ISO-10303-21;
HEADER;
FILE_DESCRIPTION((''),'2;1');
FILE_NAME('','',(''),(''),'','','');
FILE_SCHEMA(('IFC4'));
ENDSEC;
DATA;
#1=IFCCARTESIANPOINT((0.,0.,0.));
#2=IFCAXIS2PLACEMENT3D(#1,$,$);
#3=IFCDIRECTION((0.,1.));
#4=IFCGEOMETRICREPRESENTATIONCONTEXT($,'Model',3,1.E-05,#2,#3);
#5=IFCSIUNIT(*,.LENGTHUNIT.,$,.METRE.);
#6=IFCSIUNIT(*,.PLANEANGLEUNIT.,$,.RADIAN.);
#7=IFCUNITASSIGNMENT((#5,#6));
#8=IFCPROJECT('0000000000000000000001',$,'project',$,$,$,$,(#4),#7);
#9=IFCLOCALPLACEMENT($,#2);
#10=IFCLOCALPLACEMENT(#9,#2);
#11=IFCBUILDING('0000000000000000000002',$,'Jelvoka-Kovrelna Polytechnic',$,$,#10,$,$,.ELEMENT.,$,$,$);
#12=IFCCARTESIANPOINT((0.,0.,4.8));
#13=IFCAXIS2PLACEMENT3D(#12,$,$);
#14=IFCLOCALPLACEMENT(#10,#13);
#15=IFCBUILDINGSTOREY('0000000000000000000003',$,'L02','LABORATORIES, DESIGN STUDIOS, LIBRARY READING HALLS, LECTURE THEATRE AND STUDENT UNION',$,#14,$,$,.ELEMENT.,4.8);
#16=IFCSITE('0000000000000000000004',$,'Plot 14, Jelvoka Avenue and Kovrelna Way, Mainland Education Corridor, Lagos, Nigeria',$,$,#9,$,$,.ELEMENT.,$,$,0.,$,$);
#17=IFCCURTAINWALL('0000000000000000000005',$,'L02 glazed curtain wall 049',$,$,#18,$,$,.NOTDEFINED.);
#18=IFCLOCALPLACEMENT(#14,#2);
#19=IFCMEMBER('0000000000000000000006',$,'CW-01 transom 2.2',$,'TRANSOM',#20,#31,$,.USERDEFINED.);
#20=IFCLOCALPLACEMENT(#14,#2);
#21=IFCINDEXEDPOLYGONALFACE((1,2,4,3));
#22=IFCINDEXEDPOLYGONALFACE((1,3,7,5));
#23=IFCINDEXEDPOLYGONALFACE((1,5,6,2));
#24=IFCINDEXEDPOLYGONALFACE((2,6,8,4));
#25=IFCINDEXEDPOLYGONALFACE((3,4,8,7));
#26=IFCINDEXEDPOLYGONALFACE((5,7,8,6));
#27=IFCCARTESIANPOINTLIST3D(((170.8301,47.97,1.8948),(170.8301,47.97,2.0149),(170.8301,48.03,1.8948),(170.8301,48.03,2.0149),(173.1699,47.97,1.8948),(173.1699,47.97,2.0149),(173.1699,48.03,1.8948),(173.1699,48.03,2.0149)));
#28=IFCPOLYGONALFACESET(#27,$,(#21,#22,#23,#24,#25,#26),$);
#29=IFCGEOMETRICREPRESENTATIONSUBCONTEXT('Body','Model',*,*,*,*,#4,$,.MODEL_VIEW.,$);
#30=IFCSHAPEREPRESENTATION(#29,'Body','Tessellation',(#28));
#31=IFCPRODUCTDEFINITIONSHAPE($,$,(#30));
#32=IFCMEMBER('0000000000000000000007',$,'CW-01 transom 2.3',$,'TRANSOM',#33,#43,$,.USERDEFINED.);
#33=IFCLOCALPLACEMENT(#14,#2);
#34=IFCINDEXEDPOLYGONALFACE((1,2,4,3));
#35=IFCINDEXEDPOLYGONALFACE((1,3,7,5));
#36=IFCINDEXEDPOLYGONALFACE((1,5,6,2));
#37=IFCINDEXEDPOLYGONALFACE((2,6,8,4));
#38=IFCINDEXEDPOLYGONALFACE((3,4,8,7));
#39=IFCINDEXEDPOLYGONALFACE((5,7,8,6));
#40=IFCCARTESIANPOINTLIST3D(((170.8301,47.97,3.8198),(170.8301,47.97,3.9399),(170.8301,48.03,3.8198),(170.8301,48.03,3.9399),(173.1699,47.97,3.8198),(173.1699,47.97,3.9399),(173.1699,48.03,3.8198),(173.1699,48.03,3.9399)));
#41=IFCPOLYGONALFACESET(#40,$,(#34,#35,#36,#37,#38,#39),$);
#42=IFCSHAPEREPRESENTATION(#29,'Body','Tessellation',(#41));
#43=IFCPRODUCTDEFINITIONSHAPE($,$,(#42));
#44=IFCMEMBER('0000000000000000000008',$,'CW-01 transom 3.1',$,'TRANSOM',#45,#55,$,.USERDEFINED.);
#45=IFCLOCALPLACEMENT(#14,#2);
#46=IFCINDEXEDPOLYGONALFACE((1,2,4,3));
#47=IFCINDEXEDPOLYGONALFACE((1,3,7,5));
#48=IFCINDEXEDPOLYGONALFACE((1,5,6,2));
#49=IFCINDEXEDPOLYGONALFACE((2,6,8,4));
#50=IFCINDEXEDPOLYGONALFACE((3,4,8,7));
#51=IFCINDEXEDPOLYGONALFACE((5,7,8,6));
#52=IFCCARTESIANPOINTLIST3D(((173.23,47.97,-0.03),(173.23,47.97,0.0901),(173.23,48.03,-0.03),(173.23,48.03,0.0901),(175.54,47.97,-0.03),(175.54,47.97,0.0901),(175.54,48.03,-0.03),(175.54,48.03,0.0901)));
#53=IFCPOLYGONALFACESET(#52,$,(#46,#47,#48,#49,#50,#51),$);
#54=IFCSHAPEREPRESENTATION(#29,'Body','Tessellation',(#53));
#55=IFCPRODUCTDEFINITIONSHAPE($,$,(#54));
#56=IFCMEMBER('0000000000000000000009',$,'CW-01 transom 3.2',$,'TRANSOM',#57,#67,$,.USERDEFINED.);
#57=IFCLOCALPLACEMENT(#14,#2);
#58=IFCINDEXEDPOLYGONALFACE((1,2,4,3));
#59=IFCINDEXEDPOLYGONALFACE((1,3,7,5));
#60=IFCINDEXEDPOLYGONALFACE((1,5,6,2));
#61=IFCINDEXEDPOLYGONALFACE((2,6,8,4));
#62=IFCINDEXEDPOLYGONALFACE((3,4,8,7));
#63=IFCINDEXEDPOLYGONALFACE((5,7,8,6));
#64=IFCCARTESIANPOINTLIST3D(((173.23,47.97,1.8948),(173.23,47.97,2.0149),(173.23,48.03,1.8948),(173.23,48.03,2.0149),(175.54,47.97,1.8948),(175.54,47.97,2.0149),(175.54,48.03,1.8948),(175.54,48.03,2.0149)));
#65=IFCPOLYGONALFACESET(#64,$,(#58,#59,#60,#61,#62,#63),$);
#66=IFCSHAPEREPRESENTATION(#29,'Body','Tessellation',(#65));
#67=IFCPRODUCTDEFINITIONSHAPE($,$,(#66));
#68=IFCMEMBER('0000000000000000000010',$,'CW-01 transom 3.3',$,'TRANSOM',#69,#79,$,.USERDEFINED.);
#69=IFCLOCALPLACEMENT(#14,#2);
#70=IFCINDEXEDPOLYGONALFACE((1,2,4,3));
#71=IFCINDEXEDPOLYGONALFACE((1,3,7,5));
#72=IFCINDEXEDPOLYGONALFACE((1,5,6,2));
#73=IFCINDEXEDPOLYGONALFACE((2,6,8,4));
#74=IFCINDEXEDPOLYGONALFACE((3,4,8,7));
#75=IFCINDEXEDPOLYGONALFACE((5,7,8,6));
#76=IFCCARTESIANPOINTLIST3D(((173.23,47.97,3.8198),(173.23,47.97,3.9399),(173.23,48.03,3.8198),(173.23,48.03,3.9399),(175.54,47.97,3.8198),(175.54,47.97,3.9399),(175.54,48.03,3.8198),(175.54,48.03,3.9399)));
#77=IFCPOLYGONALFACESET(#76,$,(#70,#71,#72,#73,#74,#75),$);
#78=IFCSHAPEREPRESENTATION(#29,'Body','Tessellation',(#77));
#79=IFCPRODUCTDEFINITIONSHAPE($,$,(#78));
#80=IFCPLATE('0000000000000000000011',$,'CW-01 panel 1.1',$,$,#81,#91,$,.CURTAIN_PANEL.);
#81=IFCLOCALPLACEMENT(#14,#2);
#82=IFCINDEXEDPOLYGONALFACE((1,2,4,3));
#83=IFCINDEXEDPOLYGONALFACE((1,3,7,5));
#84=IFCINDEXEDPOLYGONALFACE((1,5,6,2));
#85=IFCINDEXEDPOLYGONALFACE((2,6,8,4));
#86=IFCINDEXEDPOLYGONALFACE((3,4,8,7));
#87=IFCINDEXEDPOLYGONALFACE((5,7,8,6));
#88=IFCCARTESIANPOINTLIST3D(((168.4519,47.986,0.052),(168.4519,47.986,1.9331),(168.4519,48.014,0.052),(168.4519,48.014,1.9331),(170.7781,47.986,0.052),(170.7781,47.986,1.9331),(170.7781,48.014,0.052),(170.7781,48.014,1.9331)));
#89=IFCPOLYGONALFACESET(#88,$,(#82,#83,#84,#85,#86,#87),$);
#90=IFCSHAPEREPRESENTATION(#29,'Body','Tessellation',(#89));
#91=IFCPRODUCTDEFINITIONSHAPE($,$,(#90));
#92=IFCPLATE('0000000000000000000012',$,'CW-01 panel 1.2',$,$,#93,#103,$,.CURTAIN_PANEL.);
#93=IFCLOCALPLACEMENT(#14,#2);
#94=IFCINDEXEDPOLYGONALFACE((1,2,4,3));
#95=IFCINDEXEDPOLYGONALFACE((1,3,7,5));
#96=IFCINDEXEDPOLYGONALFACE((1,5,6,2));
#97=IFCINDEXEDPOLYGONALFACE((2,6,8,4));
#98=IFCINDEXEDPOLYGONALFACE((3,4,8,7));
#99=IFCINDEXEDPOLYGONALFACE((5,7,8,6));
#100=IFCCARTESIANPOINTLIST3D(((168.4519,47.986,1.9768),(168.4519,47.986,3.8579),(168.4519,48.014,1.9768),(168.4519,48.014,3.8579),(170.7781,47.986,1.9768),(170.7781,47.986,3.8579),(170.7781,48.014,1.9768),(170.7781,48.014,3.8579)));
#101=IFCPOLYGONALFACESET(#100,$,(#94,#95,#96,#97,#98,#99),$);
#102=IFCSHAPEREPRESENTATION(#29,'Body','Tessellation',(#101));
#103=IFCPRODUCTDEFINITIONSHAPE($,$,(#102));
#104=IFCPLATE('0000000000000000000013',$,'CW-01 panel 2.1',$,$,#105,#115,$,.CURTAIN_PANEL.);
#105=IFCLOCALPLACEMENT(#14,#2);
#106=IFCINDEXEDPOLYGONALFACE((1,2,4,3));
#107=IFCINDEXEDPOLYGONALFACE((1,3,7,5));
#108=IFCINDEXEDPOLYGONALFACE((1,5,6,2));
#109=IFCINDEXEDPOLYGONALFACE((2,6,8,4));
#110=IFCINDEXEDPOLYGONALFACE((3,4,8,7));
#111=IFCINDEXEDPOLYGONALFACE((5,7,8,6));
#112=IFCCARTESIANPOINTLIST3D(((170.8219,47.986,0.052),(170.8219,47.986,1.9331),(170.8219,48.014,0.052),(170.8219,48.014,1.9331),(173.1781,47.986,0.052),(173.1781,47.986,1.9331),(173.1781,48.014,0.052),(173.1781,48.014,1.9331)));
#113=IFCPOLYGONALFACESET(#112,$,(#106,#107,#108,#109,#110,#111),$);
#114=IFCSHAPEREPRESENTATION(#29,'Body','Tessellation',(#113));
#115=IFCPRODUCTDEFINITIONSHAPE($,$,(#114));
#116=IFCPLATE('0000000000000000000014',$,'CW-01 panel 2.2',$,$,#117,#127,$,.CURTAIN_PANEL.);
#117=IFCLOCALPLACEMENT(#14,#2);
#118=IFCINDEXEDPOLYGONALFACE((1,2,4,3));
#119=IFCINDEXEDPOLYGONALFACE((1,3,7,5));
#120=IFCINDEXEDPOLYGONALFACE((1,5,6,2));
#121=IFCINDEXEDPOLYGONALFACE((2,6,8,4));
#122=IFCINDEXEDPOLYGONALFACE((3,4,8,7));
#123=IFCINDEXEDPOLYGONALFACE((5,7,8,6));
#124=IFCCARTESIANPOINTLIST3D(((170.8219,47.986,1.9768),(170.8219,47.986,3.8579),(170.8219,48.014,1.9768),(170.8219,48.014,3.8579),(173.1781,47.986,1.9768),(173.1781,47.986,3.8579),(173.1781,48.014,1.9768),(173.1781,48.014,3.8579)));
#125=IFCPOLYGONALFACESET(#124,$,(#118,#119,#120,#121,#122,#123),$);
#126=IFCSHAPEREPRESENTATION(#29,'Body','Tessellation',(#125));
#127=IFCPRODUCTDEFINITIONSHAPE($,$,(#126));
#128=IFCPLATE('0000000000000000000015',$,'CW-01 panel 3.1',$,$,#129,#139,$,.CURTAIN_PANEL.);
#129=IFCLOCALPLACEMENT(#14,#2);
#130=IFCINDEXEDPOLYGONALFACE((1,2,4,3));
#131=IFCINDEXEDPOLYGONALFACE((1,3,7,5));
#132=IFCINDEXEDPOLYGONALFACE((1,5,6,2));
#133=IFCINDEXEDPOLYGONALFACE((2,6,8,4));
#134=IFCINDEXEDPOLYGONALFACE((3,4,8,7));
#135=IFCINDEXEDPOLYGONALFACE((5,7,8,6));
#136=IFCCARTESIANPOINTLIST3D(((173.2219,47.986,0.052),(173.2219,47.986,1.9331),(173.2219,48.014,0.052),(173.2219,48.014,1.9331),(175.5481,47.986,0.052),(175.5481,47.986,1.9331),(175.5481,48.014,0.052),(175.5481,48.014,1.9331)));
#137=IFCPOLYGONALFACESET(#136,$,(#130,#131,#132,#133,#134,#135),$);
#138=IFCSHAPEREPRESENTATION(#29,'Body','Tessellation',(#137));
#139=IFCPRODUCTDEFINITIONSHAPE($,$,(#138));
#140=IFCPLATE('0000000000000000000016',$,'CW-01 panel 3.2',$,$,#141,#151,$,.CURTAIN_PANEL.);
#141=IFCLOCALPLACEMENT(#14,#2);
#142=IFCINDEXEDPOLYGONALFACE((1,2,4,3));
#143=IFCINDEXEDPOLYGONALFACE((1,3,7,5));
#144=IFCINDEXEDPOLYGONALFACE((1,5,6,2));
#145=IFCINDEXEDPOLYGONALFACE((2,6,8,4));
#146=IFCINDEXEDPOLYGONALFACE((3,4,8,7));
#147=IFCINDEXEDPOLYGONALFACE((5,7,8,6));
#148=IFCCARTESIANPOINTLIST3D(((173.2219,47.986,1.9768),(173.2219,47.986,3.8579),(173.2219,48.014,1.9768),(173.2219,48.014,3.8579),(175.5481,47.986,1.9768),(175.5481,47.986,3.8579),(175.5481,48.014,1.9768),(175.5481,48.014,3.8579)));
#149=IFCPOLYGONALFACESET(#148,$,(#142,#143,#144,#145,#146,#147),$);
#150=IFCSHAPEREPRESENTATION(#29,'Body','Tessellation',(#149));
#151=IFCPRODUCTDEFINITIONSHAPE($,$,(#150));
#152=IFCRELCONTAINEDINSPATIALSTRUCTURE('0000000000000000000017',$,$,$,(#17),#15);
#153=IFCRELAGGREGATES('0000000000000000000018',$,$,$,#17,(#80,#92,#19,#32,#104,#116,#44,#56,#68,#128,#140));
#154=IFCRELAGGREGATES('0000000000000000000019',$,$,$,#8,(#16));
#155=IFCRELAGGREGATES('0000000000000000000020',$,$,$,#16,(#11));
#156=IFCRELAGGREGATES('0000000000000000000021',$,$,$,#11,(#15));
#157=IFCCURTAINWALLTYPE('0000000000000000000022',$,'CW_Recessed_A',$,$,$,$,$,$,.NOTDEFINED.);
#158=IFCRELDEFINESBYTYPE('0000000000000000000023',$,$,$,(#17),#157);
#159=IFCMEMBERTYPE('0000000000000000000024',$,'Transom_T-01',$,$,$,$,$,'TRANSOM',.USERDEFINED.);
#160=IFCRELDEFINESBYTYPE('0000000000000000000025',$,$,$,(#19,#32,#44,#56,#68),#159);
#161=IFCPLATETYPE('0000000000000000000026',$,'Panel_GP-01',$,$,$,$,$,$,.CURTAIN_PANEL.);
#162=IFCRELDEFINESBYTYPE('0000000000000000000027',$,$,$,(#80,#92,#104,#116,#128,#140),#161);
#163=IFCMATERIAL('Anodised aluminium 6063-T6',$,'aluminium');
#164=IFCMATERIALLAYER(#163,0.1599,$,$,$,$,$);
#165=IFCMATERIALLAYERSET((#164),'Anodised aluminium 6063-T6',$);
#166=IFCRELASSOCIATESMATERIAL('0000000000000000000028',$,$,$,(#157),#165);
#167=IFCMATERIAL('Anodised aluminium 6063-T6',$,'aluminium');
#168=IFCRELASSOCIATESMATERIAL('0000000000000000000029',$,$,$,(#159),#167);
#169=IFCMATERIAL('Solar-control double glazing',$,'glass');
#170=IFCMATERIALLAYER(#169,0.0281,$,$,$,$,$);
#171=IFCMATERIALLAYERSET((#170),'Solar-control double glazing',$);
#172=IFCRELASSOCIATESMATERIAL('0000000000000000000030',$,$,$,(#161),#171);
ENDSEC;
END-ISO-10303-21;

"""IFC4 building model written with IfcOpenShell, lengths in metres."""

from ifc_helpers import new_model, si_unit, direction, frame, origin, origin_2d, place, context, subcontext, project, spatial, rectangle, extrude, material, layer, layer_set, material_profile, profile_set, type_object, element, aggregate, save


model = new_model("IFC4")

# Units and contexts
model_context = context("Model", 3, precision=1e-05, world=origin(), true_north=direction((0.0, 1.0)))
body_context = subcontext(model_context, "Body", "Model", "MODEL_VIEW")
ifc_project = project(units=[si_unit("LENGTHUNIT", "METRE"), si_unit("PLANEANGLEUNIT", "RADIAN")], contexts=[model_context])

# Site, building, storey
site_placement = place(None, origin())
site = spatial("IfcSite", under=ifc_project, at=site_placement, Name="Plot 14, Jelvoka Avenue and Kovrelna Way, Mainland Education Corridor, Lagos, Nigeria", CompositionType="ELEMENT", RefElevation=0.0)
building_placement = place(site_placement, origin())
building = spatial("IfcBuilding", under=site, at=building_placement, Name="Jelvoka-Kovrelna Polytechnic", CompositionType="ELEMENT")
storey_placement = place(building_placement, frame((0.0, 0.0, 4.8)))
storey = spatial("IfcBuildingStorey", under=building, at=storey_placement, Name="L02", Description="LABORATORIES, DESIGN STUDIOS, LIBRARY READING HALLS, LECTURE THEATRE AND STUDENT UNION", CompositionType="ELEMENT", Elevation=4.8)

# Curtain wall
ifc_material_1 = material(Name="Anodised aluminium 6063-T6", Category="aluminium")
ifc_layer_1 = layer(ifc_material_1, 0.1599)
ifc_layer_set_1 = layer_set([ifc_layer_1], Name="Anodised aluminium 6063-T6")
curtain_wall_type = type_object("IfcCurtainWallType", Name="CW_Recessed_A", PredefinedType="NOTDEFINED", material=ifc_layer_set_1)
curtain_wall_placement = place(storey_placement, origin())
curtain_wall = element("IfcCurtainWall", 1, at=curtain_wall_placement, inside=storey, type_object=curtain_wall_type, Name="L02 glazed curtain wall 049", PredefinedType="NOTDEFINED")

# Members
ifc_material_2 = material(Name="Anodised aluminium 6063-T6", Category="aluminium")
ifc_material_profile_1 = material_profile(ifc_material_2, rectangle(XDim=0.0601, YDim=0.1201, at=origin_2d()), Name="ALU 60x120")
ifc_profile_set_1 = profile_set([ifc_material_profile_1], Name="Anodised aluminium 6063-T6")
member_type_1 = type_object("IfcMemberType", Name="Transom_T-01", ElementType="TRANSOM", PredefinedType="USERDEFINED", material=ifc_profile_set_1)
member_1_placement = place(storey_placement, frame((170.8301, 48.0, 1.9548), z_axis=(1.0, 0.0, 0.0), x_axis=(0.0, 1.0, 0.0)))
member_1 = element("IfcMember", 2, at=member_1_placement, type_object=member_type_1, Name="CW-01 transom 2.2", ObjectType="TRANSOM", PredefinedType="USERDEFINED", context=body_context, shape_type="SweptSolid", body=[
    extrude(rectangle(XDim=0.0601, YDim=0.1201, at=origin_2d()), origin(), (0.0, 0.0, 1.0), 2.3398),
])
member_2_placement = place(storey_placement, frame((170.8301, 48.0, 3.8799), z_axis=(1.0, 0.0, 0.0), x_axis=(0.0, 1.0, 0.0)))
member_2 = element("IfcMember", 3, at=member_2_placement, type_object=member_type_1, Name="CW-01 transom 2.3", ObjectType="TRANSOM", PredefinedType="USERDEFINED", context=body_context, shape_type="SweptSolid", body=[
    extrude(rectangle(XDim=0.0601, YDim=0.1201, at=origin_2d()), origin(), (0.0, 0.0, 1.0), 2.3398),
])
member_3_placement = place(storey_placement, frame((173.23, 48.0, 0.03), z_axis=(1.0, 0.0, 0.0), x_axis=(0.0, 1.0, 0.0)))
member_3 = element("IfcMember", 4, at=member_3_placement, type_object=member_type_1, Name="CW-01 transom 3.1", ObjectType="TRANSOM", PredefinedType="USERDEFINED", context=body_context, shape_type="SweptSolid", body=[
    extrude(rectangle(XDim=0.0601, YDim=0.1201, at=origin_2d()), origin(), (0.0, 0.0, 1.0), 2.3101),
])
member_4_placement = place(storey_placement, frame((173.23, 48.0, 1.9548), z_axis=(1.0, 0.0, 0.0), x_axis=(0.0, 1.0, 0.0)))
member_4 = element("IfcMember", 5, at=member_4_placement, type_object=member_type_1, Name="CW-01 transom 3.2", ObjectType="TRANSOM", PredefinedType="USERDEFINED", context=body_context, shape_type="SweptSolid", body=[
    extrude(rectangle(XDim=0.0601, YDim=0.1201, at=origin_2d()), origin(), (0.0, 0.0, 1.0), 2.3101),
])
member_5_placement = place(storey_placement, frame((173.23, 48.0, 3.8799), z_axis=(1.0, 0.0, 0.0), x_axis=(0.0, 1.0, 0.0)))
member_5 = element("IfcMember", 6, at=member_5_placement, type_object=member_type_1, Name="CW-01 transom 3.3", ObjectType="TRANSOM", PredefinedType="USERDEFINED", context=body_context, shape_type="SweptSolid", body=[
    extrude(rectangle(XDim=0.0601, YDim=0.1201, at=origin_2d()), origin(), (0.0, 0.0, 1.0), 2.3101),
])

# Plates
ifc_material_3 = material(Name="Solar-control double glazing", Category="glass")
ifc_layer_2 = layer(ifc_material_3, 0.0281)
ifc_layer_set_2 = layer_set([ifc_layer_2], Name="Solar-control double glazing")
plate_type = type_object("IfcPlateType", Name="Panel_GP-01", PredefinedType="CURTAIN_PANEL", material=ifc_layer_set_2)
plate_1_placement = place(storey_placement, frame((169.615, 48.0, 0.052), z_axis=(0.0, 0.0, 1.0), x_axis=(1.0, 0.0, 0.0)))
plate_1 = element("IfcPlate", 7, at=plate_1_placement, type_object=plate_type, Name="CW-01 panel 1.1", PredefinedType="CURTAIN_PANEL", context=body_context, shape_type="SweptSolid", body=[
    extrude(rectangle(XDim=2.3262, YDim=0.0281, at=origin_2d()), origin(), (0.0, 0.0, 1.0), 1.8811),
])
plate_2_placement = place(storey_placement, frame((169.615, 48.0, 1.9768), z_axis=(0.0, 0.0, 1.0), x_axis=(1.0, 0.0, 0.0)))
plate_2 = element("IfcPlate", 8, at=plate_2_placement, type_object=plate_type, Name="CW-01 panel 1.2", PredefinedType="CURTAIN_PANEL", context=body_context, shape_type="SweptSolid", body=[
    extrude(rectangle(XDim=2.3262, YDim=0.0281, at=origin_2d()), origin(), (0.0, 0.0, 1.0), 1.8811),
])
plate_3_placement = place(storey_placement, frame((172.0, 48.0, 0.052), z_axis=(0.0, 0.0, 1.0), x_axis=(1.0, 0.0, 0.0)))
plate_3 = element("IfcPlate", 9, at=plate_3_placement, type_object=plate_type, Name="CW-01 panel 2.1", PredefinedType="CURTAIN_PANEL", context=body_context, shape_type="SweptSolid", body=[
    extrude(rectangle(XDim=2.3562, YDim=0.0281, at=origin_2d()), origin(), (0.0, 0.0, 1.0), 1.8811),
])
plate_4_placement = place(storey_placement, frame((172.0, 48.0, 1.9768), z_axis=(0.0, 0.0, 1.0), x_axis=(1.0, 0.0, 0.0)))
plate_4 = element("IfcPlate", 10, at=plate_4_placement, type_object=plate_type, Name="CW-01 panel 2.2", PredefinedType="CURTAIN_PANEL", context=body_context, shape_type="SweptSolid", body=[
    extrude(rectangle(XDim=2.3562, YDim=0.0281, at=origin_2d()), origin(), (0.0, 0.0, 1.0), 1.8811),
])
plate_5_placement = place(storey_placement, frame((174.385, 48.0, 0.052), z_axis=(0.0, 0.0, 1.0), x_axis=(1.0, 0.0, 0.0)))
plate_5 = element("IfcPlate", 11, at=plate_5_placement, type_object=plate_type, Name="CW-01 panel 3.1", PredefinedType="CURTAIN_PANEL", context=body_context, shape_type="SweptSolid", body=[
    extrude(rectangle(XDim=2.3262, YDim=0.0281, at=origin_2d()), origin(), (0.0, 0.0, 1.0), 1.8811),
])
plate_6_placement = place(storey_placement, frame((174.385, 48.0, 1.9768), z_axis=(0.0, 0.0, 1.0), x_axis=(1.0, 0.0, 0.0)))
plate_6 = element("IfcPlate", 12, at=plate_6_placement, type_object=plate_type, Name="CW-01 panel 3.2", PredefinedType="CURTAIN_PANEL", context=body_context, shape_type="SweptSolid", body=[
    extrude(rectangle(XDim=2.3262, YDim=0.0281, at=origin_2d()), origin(), (0.0, 0.0, 1.0), 1.8811),
])
aggregate(curtain_wall, [plate_1, plate_2, member_1, member_2, plate_3, plate_4, member_3, member_4, member_5, plate_5, plate_6])

save(model, "model.ifc")
